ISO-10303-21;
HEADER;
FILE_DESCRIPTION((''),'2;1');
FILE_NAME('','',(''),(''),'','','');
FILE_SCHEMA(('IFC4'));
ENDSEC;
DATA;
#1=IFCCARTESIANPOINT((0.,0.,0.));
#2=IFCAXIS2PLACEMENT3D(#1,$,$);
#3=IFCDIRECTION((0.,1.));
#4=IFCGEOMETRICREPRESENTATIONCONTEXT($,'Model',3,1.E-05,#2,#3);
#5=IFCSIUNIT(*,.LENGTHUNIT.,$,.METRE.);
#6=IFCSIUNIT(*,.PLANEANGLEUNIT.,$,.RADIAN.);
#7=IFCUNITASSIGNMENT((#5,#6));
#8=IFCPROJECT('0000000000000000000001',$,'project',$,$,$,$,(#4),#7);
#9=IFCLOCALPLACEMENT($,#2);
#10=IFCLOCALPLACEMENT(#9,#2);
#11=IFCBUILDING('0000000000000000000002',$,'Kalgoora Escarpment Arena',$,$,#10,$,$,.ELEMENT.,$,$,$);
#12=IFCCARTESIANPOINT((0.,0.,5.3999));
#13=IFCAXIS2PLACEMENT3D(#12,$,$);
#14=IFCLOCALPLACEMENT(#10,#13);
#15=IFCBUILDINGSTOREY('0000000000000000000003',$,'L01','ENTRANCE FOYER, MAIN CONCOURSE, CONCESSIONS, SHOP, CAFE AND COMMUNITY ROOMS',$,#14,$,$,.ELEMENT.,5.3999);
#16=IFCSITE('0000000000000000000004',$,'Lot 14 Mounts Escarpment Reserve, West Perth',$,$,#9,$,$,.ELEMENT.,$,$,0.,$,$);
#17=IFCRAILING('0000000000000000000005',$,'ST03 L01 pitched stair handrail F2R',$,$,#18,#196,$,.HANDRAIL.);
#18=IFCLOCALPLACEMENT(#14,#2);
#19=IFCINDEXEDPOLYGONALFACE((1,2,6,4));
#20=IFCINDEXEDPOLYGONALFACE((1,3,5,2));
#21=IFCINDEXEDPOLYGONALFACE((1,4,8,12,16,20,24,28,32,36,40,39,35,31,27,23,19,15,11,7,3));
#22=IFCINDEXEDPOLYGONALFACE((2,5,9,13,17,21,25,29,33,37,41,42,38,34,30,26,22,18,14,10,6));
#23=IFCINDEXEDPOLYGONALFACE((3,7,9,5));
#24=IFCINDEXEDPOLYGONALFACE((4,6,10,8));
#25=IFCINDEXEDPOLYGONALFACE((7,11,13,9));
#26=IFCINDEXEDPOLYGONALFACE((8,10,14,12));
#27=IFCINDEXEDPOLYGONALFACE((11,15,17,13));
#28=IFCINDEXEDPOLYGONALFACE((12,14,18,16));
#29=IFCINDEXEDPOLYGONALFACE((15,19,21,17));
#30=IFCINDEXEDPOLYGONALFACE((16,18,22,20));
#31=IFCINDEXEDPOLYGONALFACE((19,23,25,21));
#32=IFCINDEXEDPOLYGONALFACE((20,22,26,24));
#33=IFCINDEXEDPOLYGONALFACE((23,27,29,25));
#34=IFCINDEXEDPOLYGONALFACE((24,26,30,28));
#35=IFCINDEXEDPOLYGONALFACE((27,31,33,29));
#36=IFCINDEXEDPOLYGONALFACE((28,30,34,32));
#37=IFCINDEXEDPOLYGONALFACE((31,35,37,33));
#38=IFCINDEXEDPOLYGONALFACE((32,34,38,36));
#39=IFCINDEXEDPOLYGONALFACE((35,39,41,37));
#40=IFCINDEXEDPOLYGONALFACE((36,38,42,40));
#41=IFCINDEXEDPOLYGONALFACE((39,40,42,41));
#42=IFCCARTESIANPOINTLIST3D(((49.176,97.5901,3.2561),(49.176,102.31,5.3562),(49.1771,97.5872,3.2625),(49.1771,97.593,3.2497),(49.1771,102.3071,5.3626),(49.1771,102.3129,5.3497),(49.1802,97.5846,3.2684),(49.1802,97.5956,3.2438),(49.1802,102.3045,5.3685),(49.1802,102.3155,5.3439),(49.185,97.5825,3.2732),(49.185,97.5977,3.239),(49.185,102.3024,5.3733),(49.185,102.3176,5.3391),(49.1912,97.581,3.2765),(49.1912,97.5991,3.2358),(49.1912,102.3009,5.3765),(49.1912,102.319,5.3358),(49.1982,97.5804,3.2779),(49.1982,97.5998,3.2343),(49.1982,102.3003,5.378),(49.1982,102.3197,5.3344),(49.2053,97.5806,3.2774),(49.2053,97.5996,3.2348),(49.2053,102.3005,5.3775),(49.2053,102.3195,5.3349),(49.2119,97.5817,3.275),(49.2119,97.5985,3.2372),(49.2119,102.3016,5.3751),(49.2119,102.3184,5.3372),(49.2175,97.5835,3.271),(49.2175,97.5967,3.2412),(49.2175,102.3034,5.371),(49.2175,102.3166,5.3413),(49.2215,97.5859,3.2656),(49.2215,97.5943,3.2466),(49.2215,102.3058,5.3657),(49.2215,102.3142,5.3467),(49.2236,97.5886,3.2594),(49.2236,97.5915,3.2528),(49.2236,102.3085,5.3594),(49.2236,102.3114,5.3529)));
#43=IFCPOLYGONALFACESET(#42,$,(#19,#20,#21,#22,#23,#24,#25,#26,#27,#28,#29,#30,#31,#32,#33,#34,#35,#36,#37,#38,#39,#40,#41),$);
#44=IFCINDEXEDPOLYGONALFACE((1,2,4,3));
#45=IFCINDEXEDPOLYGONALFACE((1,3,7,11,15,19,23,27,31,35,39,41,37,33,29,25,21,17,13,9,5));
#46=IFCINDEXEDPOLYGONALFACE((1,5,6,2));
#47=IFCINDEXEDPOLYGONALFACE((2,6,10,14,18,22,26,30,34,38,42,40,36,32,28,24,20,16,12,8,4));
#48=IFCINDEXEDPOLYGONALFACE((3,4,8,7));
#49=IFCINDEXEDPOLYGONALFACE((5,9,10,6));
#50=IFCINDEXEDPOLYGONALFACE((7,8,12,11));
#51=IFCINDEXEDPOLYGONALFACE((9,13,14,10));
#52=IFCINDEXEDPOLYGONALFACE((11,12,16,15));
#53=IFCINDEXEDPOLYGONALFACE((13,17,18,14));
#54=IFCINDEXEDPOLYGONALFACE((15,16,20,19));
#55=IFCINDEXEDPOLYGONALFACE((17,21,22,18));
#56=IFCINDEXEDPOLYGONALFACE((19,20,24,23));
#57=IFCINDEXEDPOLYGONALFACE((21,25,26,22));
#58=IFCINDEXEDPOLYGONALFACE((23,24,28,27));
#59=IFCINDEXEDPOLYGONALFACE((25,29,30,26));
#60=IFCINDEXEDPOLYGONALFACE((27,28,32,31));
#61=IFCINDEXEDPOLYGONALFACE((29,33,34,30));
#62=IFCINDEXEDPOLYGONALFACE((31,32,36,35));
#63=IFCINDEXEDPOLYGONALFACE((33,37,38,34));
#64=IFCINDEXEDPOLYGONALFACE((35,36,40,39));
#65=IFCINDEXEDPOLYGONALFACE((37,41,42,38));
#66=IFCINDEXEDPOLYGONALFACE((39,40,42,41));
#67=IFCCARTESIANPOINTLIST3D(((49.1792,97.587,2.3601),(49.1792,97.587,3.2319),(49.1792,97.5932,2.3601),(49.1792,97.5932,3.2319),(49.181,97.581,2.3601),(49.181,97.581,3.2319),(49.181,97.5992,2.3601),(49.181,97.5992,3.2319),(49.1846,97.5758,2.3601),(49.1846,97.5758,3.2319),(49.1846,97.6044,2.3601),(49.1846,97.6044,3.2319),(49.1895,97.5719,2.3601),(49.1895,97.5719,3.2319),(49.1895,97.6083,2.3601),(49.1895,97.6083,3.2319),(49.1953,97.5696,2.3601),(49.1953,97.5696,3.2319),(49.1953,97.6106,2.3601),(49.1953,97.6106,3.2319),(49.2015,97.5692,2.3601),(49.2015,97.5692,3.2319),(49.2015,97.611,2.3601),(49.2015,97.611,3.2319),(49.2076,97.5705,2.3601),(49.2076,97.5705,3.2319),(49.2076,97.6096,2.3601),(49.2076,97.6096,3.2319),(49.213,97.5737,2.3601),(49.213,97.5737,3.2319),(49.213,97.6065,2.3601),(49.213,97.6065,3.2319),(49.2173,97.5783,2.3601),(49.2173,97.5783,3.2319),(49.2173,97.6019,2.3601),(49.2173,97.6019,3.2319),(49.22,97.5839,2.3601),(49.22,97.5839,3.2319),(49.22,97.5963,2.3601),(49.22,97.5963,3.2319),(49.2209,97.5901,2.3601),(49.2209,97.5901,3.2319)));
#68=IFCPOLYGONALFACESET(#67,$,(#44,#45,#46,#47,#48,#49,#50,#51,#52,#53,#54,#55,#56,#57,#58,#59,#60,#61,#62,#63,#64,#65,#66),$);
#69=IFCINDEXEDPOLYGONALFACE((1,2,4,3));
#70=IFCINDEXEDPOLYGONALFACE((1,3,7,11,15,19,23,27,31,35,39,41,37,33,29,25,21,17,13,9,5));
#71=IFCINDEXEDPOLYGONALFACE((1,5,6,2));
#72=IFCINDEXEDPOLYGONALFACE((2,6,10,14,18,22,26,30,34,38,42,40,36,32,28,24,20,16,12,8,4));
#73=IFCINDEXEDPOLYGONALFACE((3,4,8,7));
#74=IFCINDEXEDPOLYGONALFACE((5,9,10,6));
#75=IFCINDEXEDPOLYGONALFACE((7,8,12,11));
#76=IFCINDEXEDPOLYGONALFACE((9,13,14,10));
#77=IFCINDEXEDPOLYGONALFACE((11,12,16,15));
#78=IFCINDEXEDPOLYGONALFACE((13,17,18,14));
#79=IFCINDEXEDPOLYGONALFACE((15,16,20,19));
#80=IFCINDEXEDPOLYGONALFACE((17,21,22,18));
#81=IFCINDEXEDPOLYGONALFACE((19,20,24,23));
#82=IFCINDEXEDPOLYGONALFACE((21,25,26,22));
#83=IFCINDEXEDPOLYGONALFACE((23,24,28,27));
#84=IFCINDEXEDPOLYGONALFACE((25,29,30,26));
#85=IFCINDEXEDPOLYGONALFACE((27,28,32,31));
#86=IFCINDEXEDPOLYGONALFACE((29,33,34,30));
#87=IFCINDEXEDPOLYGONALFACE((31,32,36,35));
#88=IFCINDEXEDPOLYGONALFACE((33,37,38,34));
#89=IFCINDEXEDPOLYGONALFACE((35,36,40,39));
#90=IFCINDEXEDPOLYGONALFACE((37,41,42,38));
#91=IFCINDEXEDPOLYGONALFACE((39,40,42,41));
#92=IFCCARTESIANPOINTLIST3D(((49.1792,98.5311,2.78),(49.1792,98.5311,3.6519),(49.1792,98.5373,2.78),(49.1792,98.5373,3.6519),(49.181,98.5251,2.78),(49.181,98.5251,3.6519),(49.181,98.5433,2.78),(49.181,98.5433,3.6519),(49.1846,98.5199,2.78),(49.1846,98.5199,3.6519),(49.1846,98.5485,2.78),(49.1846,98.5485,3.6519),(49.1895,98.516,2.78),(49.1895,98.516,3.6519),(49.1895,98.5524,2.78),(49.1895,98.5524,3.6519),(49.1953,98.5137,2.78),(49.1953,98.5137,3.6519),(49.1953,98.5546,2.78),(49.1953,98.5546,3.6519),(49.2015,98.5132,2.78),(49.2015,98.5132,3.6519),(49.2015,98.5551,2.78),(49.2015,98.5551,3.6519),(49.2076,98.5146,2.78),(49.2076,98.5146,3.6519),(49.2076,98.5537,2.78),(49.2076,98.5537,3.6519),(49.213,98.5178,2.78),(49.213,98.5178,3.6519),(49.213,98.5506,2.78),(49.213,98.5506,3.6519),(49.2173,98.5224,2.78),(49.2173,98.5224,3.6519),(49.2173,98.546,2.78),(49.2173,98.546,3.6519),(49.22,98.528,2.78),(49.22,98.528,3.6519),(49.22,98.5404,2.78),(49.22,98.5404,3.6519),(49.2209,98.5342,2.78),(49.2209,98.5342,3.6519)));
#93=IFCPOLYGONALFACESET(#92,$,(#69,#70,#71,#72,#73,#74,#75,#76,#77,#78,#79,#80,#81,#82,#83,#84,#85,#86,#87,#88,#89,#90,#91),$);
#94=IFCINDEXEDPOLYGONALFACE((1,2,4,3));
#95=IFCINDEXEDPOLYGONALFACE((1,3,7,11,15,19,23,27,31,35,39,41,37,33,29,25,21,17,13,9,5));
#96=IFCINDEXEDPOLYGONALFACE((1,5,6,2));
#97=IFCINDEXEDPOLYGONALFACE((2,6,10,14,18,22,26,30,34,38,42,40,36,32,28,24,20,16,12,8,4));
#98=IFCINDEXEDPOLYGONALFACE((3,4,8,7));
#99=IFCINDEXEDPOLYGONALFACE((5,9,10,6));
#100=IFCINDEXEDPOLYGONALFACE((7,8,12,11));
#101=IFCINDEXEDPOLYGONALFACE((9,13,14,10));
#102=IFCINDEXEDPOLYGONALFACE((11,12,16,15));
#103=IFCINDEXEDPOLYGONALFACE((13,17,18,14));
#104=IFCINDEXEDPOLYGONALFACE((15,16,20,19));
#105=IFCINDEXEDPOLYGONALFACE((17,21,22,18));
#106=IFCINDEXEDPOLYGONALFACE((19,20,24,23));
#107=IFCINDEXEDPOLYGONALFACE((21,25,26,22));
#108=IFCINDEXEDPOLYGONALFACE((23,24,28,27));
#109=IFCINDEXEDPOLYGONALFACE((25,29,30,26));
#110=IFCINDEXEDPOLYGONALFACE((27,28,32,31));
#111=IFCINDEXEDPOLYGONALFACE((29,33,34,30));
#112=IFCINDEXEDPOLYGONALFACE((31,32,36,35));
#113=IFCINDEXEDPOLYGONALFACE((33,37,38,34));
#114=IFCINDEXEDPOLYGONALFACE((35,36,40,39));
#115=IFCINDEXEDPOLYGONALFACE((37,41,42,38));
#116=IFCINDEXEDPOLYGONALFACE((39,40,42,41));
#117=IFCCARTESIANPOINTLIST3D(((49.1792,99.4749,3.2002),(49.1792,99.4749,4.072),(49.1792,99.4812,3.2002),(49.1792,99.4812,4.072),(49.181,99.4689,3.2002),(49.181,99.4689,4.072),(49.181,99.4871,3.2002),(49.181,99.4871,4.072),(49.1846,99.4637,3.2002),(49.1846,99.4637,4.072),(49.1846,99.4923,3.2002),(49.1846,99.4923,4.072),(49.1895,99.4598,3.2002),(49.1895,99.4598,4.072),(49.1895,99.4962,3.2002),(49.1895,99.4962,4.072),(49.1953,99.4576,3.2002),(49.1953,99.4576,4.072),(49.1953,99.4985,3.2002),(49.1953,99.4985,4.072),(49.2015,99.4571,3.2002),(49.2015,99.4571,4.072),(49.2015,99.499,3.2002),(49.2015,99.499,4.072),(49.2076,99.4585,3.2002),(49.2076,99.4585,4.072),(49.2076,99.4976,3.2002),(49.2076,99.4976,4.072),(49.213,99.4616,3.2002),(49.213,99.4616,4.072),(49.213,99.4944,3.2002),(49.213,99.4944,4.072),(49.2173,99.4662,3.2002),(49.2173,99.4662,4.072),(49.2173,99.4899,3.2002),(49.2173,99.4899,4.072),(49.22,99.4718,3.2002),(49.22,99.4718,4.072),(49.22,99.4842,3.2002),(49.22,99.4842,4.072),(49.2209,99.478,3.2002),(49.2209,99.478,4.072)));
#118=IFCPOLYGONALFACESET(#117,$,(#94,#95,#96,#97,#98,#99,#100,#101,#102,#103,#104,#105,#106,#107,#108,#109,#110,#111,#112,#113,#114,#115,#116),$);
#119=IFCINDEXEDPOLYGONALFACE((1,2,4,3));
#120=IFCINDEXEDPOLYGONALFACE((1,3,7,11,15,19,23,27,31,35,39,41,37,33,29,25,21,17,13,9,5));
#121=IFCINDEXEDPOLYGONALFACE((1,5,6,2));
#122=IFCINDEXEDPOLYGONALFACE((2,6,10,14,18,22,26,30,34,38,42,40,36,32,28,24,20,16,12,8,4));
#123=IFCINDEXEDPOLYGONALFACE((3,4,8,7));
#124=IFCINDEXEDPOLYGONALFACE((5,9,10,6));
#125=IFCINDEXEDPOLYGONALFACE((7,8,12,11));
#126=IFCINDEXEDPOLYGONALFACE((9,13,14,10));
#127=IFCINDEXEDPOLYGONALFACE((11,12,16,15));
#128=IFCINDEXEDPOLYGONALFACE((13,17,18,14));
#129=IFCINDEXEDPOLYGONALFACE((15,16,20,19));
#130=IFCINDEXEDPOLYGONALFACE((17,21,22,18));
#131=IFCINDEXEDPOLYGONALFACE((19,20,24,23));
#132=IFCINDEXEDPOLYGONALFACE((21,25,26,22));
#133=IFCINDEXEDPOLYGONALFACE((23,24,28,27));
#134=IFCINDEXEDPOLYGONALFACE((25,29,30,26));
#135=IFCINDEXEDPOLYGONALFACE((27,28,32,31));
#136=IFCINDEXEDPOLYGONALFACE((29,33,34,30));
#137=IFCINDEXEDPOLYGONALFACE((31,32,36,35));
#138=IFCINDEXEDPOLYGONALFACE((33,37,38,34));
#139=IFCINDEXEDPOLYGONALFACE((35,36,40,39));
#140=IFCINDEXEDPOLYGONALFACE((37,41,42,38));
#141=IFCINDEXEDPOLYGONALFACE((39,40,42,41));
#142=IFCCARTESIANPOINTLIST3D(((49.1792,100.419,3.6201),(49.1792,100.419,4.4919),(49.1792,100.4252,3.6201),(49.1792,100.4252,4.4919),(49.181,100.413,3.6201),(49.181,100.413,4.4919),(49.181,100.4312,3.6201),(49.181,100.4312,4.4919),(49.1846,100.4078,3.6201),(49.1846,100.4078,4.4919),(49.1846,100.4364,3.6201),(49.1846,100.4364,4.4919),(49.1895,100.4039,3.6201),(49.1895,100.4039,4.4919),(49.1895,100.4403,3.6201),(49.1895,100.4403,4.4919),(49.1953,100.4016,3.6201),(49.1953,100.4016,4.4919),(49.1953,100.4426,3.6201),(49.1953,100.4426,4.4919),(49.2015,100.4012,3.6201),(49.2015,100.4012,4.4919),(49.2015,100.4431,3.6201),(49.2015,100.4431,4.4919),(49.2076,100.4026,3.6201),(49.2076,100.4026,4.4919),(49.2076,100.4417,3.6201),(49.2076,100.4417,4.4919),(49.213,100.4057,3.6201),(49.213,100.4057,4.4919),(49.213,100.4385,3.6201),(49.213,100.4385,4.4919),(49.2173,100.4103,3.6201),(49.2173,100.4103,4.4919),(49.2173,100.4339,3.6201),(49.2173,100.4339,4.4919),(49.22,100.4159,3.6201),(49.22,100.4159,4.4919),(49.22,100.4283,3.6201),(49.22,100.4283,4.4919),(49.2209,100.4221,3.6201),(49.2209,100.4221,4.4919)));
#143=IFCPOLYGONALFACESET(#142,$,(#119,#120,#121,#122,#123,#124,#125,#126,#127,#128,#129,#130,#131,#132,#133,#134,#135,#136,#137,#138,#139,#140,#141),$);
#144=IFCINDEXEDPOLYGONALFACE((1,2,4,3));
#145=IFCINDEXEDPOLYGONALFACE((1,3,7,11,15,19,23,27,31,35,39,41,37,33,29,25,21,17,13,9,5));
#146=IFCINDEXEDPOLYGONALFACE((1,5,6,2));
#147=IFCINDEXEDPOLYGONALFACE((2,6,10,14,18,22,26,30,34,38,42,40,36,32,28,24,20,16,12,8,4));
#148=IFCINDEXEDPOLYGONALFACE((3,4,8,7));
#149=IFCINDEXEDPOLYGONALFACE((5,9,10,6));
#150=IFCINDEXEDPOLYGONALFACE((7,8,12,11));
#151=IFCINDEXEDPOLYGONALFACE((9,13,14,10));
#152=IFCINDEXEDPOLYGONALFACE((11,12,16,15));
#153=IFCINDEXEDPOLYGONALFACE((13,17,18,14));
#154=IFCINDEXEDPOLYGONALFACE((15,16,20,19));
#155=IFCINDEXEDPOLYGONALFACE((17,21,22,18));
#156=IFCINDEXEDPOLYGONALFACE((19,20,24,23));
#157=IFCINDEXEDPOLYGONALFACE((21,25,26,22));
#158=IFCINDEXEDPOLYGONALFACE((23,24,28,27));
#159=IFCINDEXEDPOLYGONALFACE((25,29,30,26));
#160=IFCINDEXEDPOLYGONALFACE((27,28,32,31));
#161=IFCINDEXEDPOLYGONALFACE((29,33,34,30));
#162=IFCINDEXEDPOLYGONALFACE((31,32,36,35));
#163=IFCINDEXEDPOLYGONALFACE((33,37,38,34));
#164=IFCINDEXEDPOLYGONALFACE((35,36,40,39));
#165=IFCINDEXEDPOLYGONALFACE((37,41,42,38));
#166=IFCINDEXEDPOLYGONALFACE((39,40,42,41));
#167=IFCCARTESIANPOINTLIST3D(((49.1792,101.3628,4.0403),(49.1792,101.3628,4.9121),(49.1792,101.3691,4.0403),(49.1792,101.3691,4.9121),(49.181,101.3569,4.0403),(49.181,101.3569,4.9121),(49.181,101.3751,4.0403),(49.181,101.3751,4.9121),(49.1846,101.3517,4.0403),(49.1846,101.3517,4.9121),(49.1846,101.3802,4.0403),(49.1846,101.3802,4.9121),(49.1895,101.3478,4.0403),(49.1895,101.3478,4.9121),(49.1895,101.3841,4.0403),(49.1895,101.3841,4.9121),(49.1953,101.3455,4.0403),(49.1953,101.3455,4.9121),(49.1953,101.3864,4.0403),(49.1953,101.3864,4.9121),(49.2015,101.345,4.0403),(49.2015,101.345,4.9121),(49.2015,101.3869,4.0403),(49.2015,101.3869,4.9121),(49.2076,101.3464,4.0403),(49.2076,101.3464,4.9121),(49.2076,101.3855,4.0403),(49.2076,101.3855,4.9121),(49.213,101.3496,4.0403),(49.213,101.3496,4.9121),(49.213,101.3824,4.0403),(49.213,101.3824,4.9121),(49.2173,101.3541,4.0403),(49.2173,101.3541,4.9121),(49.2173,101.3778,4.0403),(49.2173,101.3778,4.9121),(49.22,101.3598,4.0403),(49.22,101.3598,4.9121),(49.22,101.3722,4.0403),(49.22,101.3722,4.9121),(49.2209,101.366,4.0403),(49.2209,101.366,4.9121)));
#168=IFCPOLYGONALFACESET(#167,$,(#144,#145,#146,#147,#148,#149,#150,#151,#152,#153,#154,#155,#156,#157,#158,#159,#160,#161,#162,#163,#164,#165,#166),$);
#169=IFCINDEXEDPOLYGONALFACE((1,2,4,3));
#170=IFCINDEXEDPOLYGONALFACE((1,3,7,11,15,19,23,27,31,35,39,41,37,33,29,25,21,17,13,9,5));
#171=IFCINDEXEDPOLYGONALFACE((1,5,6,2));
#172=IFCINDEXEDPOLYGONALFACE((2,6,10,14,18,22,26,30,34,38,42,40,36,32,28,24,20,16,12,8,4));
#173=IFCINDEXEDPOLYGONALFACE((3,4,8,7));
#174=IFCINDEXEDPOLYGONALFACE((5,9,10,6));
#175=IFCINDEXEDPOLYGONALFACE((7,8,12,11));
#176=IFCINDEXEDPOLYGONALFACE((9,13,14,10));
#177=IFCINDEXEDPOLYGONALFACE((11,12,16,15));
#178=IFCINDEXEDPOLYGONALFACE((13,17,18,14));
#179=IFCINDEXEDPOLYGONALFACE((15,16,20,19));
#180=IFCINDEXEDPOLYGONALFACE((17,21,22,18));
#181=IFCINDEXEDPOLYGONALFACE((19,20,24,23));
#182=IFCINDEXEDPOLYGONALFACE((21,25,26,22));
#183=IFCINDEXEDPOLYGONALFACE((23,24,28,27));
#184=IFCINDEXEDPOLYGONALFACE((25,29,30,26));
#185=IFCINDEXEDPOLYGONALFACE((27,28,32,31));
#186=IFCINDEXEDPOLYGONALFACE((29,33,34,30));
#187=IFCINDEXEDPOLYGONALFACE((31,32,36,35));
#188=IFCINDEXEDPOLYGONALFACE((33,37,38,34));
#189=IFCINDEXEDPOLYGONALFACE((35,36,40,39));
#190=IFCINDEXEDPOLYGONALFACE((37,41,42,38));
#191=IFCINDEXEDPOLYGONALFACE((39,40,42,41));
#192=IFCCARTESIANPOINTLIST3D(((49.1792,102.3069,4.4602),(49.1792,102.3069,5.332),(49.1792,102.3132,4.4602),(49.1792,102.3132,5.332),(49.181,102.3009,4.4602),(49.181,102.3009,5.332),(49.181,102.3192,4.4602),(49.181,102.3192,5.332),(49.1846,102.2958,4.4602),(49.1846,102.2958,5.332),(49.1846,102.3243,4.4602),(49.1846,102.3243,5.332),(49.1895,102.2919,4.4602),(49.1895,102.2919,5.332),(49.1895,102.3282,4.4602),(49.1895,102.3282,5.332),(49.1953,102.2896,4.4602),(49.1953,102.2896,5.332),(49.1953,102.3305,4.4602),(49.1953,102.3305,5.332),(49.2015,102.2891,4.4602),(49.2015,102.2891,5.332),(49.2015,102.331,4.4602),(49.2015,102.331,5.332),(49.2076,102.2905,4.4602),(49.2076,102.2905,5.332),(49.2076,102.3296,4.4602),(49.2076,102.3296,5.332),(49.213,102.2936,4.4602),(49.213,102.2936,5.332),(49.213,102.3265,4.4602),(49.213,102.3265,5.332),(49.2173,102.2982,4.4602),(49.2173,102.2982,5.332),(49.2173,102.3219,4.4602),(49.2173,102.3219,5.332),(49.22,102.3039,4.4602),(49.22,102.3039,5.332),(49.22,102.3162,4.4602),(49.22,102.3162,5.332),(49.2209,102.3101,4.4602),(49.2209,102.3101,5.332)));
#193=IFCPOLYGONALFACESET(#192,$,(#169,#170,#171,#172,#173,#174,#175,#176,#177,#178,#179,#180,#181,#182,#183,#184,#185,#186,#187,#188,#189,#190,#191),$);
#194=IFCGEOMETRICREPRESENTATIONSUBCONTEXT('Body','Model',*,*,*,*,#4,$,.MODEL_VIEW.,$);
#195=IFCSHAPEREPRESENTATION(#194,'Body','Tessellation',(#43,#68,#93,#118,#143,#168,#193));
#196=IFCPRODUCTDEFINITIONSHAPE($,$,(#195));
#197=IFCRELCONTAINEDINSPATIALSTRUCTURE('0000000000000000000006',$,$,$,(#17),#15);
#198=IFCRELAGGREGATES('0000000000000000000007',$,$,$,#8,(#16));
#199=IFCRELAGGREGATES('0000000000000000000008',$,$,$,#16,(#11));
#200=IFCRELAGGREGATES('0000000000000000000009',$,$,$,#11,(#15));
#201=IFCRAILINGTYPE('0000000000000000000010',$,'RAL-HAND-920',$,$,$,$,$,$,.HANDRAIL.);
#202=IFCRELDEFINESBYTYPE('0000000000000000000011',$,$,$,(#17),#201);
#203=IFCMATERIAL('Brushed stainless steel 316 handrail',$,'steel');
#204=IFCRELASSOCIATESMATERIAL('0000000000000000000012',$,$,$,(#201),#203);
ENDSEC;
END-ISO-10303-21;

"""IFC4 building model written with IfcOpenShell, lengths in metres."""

from ifc_helpers import new_model, si_unit, direction, frame, origin, origin_2d, place, context, subcontext, project, spatial, circle, extrude, material, type_object, element, save


model = new_model("IFC4")

# Units and contexts
model_context = context("Model", 3, precision=1e-05, world=origin(), true_north=direction((0.0, 1.0)))
body_context = subcontext(model_context, "Body", "Model", "MODEL_VIEW")
ifc_project = project(units=[si_unit("LENGTHUNIT", "METRE"), si_unit("PLANEANGLEUNIT", "RADIAN")], contexts=[model_context])

# Site, building, storey
site_placement = place(None, origin())
site = spatial("IfcSite", under=ifc_project, at=site_placement, Name="Lot 14 Mounts Escarpment Reserve, West Perth", CompositionType="ELEMENT", RefElevation=0.0)
building_placement = place(site_placement, origin())
building = spatial("IfcBuilding", under=site, at=building_placement, Name="Kalgoora Escarpment Arena", CompositionType="ELEMENT")
storey_placement = place(building_placement, frame((0.0, 0.0, 5.3999)))
storey = spatial("IfcBuildingStorey", under=building, at=storey_placement, Name="L01", Description="ENTRANCE FOYER, MAIN CONCOURSE, CONCESSIONS, SHOP, CAFE AND COMMUNITY ROOMS", CompositionType="ELEMENT", Elevation=5.3999)

# Railing
ifc_material_1 = material(Name="Brushed stainless steel 316 handrail", Category="steel")
railing_type_1 = type_object("IfcRailingType", Name="RAL-HAND-920", PredefinedType="HANDRAIL", material=ifc_material_1)
for number, where, name in (
    (1, (49.2, 97.5901, 2.3601), "ST03 L01 pitched stair handrail F2R"),
):
    element("IfcRailing", number, at=place(storey_placement, frame(where)), inside=storey, type_object=railing_type_1, Name=name, PredefinedType="HANDRAIL", context=body_context, shape_type="SweptSolid", body=[
        extrude(circle(Radius=0.0239, at=origin_2d()), frame((0.0, 0.0, 0.896), z_axis=(0.0, 0.913644, 0.406516), x_axis=(-1.0, 0.0, 0.0)), (0.0, 0.0, 1.0), 5.166),
        extrude(circle(Radius=0.021, at=origin_2d()), origin(), (0.0, 0.0, 1.0), 0.8718),
        extrude(circle(Radius=0.021, at=origin_2d()), frame((0.0, 0.9441, 0.4199)), (0.0, 0.0, 1.0), 0.8718),
        extrude(circle(Radius=0.021, at=origin_2d()), frame((0.0, 1.8879, 0.8401)), (0.0, 0.0, 1.0), 0.8718),
        extrude(circle(Radius=0.021, at=origin_2d()), frame((0.0, 2.832, 1.26)), (0.0, 0.0, 1.0), 0.8718),
        extrude(circle(Radius=0.021, at=origin_2d()), frame((0.0, 3.7759, 1.6802)), (0.0, 0.0, 1.0), 0.8718),
        extrude(circle(Radius=0.021, at=origin_2d()), frame((0.0, 4.72, 2.1001)), (0.0, 0.0, 1.0), 0.8718),
    ])

save(model, "model.ifc")
